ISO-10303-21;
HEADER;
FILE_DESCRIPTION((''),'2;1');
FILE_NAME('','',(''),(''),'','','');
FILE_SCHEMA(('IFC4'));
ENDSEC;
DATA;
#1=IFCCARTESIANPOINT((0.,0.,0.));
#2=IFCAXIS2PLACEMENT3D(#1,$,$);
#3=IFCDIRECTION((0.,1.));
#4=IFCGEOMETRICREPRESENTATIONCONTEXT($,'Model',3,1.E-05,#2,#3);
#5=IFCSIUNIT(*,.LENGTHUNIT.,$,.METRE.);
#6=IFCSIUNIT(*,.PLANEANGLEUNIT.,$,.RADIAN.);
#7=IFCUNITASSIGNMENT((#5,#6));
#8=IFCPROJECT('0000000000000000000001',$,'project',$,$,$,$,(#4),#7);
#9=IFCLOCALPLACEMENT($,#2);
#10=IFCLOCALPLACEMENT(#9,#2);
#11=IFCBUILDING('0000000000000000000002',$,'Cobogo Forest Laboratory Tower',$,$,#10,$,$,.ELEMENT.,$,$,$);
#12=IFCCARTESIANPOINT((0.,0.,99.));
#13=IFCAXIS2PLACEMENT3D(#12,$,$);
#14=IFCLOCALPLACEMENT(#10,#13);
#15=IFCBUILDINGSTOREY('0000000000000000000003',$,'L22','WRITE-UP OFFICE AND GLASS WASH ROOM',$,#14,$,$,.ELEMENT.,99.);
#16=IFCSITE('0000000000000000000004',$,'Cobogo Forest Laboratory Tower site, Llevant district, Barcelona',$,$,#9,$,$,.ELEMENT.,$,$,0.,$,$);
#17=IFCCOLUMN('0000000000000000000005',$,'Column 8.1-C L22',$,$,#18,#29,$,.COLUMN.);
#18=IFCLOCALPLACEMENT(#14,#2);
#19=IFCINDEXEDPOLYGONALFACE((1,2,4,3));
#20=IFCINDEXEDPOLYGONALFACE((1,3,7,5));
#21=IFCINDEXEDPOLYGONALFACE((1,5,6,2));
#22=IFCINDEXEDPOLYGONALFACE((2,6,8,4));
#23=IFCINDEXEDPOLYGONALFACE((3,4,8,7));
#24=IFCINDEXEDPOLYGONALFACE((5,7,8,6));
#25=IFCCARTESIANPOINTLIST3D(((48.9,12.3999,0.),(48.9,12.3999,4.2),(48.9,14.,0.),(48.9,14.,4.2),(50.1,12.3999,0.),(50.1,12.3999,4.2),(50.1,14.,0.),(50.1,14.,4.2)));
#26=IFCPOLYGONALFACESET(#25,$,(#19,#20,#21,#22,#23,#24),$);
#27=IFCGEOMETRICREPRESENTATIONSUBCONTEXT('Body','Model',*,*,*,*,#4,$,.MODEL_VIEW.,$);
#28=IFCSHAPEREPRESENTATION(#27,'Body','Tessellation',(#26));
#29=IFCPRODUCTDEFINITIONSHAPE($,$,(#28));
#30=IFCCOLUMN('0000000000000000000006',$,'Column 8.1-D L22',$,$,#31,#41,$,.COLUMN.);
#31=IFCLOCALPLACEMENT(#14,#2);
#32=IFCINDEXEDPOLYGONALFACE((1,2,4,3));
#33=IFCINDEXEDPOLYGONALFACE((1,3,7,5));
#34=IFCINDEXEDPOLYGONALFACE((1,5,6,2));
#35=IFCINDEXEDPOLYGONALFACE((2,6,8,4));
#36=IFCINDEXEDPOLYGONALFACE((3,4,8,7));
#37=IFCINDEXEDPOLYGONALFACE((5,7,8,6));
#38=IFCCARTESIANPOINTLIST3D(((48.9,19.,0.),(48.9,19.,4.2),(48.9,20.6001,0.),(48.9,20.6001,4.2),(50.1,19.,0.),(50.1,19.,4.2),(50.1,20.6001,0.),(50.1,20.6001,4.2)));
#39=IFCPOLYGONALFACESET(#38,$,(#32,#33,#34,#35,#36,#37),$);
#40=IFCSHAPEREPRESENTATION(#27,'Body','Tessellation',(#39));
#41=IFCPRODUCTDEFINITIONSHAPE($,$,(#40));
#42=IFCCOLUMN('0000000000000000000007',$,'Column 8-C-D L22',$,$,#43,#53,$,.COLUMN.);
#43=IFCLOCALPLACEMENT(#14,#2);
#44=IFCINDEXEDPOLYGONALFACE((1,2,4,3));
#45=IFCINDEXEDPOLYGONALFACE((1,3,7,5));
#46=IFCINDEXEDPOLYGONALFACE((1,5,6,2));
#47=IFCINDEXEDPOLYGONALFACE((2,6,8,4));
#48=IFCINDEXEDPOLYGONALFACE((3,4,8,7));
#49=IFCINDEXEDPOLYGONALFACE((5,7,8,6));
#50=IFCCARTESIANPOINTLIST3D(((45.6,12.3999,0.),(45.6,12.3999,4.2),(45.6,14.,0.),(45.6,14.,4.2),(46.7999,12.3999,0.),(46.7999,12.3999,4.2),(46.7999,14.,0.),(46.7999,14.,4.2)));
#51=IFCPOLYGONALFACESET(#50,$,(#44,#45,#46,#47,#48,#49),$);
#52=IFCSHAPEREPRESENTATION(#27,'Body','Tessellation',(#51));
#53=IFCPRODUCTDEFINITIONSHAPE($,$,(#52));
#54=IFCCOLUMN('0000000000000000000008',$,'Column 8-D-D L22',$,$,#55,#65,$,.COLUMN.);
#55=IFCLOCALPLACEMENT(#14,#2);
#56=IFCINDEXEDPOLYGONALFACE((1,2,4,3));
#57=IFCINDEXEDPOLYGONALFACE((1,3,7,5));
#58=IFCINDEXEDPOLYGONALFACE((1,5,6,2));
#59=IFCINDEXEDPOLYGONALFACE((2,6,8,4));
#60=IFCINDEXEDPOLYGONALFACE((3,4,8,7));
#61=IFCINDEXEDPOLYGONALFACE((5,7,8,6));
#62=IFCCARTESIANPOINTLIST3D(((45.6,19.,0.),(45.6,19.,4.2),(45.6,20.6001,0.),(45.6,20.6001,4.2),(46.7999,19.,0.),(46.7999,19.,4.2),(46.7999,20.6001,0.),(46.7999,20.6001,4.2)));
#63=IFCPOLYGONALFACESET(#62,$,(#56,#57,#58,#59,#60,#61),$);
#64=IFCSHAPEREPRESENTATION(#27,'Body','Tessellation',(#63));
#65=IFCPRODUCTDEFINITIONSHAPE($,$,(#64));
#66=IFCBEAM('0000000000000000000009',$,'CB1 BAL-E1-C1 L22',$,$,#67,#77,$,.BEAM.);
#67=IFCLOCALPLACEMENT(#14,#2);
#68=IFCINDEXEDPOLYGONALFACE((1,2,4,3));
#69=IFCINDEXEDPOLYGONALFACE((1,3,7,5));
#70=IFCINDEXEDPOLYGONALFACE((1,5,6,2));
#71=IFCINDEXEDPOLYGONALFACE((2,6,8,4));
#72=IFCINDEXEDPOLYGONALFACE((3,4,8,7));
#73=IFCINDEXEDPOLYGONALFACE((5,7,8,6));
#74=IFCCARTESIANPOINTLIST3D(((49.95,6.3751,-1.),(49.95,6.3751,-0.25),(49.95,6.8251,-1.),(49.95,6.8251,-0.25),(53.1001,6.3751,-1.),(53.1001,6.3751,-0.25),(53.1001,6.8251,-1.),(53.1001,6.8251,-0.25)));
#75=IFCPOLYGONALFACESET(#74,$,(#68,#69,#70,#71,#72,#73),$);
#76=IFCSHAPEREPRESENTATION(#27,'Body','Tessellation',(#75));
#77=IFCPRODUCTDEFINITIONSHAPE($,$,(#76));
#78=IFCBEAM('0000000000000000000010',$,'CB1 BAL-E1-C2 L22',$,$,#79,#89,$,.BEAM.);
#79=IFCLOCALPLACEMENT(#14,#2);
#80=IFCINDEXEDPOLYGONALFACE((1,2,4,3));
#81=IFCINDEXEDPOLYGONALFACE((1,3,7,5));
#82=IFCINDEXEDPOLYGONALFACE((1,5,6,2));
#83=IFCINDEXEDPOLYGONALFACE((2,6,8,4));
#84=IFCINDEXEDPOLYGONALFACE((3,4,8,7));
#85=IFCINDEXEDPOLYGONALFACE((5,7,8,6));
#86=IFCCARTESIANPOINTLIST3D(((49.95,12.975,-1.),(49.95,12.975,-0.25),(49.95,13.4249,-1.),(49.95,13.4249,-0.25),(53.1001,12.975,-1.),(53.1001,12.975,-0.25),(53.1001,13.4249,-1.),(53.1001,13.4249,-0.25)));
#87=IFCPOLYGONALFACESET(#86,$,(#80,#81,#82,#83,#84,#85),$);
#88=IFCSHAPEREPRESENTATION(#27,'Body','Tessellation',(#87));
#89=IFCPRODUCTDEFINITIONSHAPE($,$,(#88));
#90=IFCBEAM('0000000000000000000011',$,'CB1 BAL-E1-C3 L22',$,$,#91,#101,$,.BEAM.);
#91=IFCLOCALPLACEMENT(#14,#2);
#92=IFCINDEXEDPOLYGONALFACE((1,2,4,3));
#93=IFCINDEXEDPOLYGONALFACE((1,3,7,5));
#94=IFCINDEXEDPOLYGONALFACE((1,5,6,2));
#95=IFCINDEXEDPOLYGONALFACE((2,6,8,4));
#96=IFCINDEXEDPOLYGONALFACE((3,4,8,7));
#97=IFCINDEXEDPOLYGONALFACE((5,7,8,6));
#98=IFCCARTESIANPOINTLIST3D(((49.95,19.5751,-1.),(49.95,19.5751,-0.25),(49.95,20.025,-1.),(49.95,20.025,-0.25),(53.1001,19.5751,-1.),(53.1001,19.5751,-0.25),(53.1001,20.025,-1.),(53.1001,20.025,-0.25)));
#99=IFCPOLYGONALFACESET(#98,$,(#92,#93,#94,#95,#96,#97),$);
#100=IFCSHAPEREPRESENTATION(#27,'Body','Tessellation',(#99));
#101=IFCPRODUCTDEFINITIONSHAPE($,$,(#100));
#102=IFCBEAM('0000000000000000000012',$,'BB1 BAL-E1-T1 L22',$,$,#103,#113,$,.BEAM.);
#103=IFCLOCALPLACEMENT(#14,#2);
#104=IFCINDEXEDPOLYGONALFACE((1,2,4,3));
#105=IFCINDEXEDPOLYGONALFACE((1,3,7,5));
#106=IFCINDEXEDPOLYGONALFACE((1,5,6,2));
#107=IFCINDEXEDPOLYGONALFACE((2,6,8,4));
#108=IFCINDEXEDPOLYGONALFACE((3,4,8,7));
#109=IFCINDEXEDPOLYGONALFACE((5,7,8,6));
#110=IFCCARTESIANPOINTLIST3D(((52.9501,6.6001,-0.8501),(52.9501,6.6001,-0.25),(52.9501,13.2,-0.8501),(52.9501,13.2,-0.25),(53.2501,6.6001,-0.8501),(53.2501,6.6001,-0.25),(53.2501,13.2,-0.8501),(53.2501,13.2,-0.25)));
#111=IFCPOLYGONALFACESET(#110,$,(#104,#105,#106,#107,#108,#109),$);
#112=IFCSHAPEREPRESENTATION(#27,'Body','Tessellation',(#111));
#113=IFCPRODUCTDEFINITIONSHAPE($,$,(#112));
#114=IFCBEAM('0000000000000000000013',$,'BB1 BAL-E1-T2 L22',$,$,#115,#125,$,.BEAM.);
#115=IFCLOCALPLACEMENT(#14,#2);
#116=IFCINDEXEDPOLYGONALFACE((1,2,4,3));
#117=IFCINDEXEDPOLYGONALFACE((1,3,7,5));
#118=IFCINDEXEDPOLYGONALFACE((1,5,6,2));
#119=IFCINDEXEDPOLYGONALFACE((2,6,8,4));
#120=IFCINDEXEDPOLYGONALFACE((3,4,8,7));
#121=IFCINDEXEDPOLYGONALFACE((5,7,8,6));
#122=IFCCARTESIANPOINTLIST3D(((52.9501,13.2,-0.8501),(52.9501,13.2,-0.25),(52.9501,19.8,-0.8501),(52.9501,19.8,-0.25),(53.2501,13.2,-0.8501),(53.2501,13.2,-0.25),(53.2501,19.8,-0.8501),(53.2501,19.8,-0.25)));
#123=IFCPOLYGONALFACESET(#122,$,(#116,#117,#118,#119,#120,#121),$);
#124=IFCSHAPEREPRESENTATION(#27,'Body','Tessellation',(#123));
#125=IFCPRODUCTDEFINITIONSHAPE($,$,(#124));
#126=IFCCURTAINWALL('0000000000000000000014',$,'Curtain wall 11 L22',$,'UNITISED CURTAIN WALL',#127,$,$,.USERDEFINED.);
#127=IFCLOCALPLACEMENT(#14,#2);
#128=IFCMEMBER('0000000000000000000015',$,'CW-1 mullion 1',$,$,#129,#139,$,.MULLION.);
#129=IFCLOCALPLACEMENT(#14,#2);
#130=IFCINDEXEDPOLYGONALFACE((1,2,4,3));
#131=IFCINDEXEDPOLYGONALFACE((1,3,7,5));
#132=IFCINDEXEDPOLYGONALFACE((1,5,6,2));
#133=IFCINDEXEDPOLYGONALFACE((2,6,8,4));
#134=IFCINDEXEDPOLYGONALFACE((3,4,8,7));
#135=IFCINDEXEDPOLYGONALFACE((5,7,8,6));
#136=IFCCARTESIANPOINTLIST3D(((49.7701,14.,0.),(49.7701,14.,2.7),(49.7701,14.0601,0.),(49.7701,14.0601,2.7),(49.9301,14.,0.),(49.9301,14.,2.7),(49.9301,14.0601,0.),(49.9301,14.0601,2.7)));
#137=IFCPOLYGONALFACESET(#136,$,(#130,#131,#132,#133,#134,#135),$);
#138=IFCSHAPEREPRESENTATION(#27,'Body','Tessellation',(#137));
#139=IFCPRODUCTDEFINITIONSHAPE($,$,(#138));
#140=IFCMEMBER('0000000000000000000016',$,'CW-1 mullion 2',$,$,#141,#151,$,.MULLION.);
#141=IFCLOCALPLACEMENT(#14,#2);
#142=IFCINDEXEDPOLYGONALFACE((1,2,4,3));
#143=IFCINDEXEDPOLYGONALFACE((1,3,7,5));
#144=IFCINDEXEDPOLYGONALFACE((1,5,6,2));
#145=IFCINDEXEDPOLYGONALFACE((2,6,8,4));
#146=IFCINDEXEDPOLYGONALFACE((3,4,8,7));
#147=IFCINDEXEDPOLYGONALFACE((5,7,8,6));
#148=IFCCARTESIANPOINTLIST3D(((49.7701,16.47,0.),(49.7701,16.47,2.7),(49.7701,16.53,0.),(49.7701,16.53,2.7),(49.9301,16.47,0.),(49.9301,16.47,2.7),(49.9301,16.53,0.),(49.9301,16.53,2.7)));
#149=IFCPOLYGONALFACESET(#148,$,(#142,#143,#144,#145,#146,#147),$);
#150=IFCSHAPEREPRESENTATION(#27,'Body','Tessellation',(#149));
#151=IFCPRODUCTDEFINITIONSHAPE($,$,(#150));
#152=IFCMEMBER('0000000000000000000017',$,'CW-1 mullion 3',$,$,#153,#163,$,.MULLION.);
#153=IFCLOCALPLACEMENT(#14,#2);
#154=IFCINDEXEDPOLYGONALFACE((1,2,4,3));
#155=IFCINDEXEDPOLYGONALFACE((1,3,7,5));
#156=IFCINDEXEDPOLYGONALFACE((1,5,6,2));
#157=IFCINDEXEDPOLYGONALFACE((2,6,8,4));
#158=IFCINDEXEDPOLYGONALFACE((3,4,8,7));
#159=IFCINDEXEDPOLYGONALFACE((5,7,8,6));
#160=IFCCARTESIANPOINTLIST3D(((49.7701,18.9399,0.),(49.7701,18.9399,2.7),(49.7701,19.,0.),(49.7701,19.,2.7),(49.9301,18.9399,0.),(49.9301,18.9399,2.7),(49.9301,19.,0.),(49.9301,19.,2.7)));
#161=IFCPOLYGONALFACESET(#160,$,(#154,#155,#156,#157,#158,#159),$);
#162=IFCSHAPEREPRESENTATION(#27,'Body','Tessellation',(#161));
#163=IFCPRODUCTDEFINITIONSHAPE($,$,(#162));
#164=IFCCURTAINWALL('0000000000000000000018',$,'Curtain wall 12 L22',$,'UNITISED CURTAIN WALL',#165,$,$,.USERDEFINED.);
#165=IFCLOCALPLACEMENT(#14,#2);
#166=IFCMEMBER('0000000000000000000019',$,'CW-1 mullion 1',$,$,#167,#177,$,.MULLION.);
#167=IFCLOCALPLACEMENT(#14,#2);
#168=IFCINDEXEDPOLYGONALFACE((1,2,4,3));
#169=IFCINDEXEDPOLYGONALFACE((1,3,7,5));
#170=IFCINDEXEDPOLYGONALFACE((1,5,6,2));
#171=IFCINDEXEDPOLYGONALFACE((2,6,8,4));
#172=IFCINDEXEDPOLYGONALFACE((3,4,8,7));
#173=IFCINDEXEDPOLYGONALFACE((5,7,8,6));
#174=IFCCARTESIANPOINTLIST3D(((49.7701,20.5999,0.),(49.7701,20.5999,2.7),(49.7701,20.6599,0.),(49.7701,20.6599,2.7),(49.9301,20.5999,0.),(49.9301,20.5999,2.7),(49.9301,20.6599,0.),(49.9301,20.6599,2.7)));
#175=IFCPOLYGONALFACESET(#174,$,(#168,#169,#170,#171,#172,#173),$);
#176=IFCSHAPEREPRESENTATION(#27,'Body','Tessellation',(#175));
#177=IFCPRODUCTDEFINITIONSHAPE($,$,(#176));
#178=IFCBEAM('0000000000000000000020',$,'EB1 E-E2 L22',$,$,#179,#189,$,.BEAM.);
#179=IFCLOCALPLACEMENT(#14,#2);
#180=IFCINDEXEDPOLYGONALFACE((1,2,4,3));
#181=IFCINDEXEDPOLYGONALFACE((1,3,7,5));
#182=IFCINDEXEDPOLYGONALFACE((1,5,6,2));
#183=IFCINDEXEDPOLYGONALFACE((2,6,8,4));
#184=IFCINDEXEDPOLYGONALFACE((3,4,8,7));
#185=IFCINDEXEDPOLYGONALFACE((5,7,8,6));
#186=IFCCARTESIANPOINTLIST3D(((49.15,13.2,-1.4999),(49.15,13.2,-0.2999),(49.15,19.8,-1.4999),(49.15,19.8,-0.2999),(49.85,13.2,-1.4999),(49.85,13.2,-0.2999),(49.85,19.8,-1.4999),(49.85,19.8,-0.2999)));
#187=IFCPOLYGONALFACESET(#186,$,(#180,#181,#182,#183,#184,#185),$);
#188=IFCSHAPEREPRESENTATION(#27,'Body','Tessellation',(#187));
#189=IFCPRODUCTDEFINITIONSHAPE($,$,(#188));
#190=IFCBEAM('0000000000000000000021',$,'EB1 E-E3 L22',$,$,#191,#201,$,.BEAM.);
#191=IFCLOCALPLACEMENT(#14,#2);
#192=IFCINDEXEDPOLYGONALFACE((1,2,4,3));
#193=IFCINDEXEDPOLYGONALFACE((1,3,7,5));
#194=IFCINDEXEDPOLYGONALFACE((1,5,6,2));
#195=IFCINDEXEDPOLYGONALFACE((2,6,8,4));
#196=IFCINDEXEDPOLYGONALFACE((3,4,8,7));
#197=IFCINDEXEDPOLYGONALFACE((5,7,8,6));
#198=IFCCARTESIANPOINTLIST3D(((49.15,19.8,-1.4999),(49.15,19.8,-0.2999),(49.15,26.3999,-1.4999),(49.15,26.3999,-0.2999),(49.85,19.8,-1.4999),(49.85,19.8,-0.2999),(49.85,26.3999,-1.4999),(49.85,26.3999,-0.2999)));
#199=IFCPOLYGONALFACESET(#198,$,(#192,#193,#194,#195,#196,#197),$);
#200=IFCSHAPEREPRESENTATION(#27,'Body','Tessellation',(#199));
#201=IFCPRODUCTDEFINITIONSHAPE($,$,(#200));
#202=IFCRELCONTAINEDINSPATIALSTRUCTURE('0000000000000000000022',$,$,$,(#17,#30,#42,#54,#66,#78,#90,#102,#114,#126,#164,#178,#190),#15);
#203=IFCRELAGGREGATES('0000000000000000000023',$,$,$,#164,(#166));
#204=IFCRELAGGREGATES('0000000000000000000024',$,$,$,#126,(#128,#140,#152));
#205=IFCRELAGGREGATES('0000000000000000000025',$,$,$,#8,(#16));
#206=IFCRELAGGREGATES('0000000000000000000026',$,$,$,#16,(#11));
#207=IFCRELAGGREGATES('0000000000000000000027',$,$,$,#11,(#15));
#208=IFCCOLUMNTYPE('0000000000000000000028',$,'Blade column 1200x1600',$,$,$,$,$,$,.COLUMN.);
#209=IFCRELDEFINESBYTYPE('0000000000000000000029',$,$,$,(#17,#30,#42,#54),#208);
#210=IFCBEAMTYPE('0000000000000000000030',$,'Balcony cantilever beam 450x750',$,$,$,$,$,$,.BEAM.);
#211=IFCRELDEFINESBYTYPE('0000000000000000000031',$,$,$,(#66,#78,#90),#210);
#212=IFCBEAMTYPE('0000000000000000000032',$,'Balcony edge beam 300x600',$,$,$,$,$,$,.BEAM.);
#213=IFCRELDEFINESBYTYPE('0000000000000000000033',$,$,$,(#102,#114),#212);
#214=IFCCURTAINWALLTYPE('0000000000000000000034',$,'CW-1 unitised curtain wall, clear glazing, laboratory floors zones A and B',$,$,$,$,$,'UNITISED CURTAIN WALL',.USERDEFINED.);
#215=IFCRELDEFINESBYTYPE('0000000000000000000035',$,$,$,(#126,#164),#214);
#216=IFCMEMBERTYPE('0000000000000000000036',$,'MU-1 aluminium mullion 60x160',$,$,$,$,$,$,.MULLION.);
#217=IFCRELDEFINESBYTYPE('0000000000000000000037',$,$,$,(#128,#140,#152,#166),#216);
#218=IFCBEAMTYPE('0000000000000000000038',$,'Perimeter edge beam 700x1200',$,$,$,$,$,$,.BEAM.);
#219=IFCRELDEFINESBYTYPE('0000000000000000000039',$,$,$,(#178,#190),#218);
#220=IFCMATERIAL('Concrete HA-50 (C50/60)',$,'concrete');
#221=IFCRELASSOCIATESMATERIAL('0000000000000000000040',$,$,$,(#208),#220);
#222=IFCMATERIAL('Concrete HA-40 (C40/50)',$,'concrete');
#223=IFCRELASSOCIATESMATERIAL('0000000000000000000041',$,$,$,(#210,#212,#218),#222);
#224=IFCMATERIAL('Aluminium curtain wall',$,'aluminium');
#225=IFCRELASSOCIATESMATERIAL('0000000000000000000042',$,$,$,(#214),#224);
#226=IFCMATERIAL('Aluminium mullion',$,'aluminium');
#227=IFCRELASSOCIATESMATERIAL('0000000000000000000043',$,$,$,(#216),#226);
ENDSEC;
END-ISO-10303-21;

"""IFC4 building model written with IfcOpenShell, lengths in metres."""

from ifc_helpers import new_model, si_unit, direction, frame, origin, origin_2d, place, context, subcontext, project, spatial, rectangle, extrude, material, material_profile, profile_set, type_object, element, aggregate, save


model = new_model("IFC4")

# Units and contexts
model_context = context("Model", 3, precision=1e-05, world=origin(), true_north=direction((0.0, 1.0)))
body_context = subcontext(model_context, "Body", "Model", "MODEL_VIEW")
ifc_project = project(units=[si_unit("LENGTHUNIT", "METRE"), si_unit("PLANEANGLEUNIT", "RADIAN")], contexts=[model_context])

# Site, building, storey
site_placement = place(None, origin())
site = spatial("IfcSite", under=ifc_project, at=site_placement, Name="Cobogo Forest Laboratory Tower site, Llevant district, Barcelona", CompositionType="ELEMENT", RefElevation=0.0)
building_placement = place(site_placement, origin())
building = spatial("IfcBuilding", under=site, at=building_placement, Name="Cobogo Forest Laboratory Tower", CompositionType="ELEMENT")
storey_placement = place(building_placement, frame((0.0, 0.0, 99.0)))
storey = spatial("IfcBuildingStorey", under=building, at=storey_placement, Name="L22", Description="WRITE-UP OFFICE AND GLASS WASH ROOM", CompositionType="ELEMENT", Elevation=99.0)

# Columns
ifc_material_1 = material(Name="Concrete HA-50 (C50/60)", Category="concrete")
ifc_material_profile_1 = material_profile(ifc_material_1, rectangle(XDim=1.6001, YDim=1.2, at=origin_2d()), Name="RC 1200x1600")
ifc_profile_set_1 = profile_set([ifc_material_profile_1], Name="Concrete HA-50 (C50/60)")
column_type = type_object("IfcColumnType", Name="Blade column 1200x1600", PredefinedType="COLUMN", material=ifc_profile_set_1)
for number, where, z_axis, x_axis, name in (
    (1, (49.5, 13.2, 0.0), (0.0, 0.0, 1.0), (0.0, 1.0, 0.0), "Column 8.1-C L22"),
    (2, (49.5, 19.8, 0.0), (0.0, 0.0, 1.0), (0.0, 1.0, 0.0), "Column 8.1-D L22"),
    (3, (46.2, 13.2, 0.0), (0.0, 0.0, 1.0), (0.0, 1.0, 0.0), "Column 8-C-D L22"),
    (4, (46.2, 19.8, 0.0), (0.0, 0.0, 1.0), (0.0, 1.0, 0.0), "Column 8-D-D L22"),
):
    element("IfcColumn", number, at=place(storey_placement, frame(where, z_axis=z_axis, x_axis=x_axis)), inside=storey, type_object=column_type, Name=name, PredefinedType="COLUMN", context=body_context, shape_type="SweptSolid", body=[
        extrude(rectangle(XDim=1.6001, YDim=1.2, at=origin_2d()), origin(), (0.0, 0.0, 1.0), 4.2),
    ])

# Beams
ifc_material_2 = material(Name="Concrete HA-40 (C40/50)", Category="concrete")
ifc_material_profile_2 = material_profile(ifc_material_2, rectangle(XDim=0.45, YDim=0.75, at=origin_2d()), Name="RC 450x750")
ifc_profile_set_2 = profile_set([ifc_material_profile_2], Name="Concrete HA-40 (C40/50)")
beam_type_1 = type_object("IfcBeamType", Name="Balcony cantilever beam 450x750", PredefinedType="BEAM", material=ifc_profile_set_2)
for number, where, z_axis, x_axis, name in (
    (5, (49.95, 6.6001, -0.625), (1.0, 0.0, 0.0), (0.0, 1.0, 0.0), "CB1 BAL-E1-C1 L22"),
    (6, (49.95, 13.2, -0.625), (1.0, 0.0, 0.0), (0.0, 1.0, 0.0), "CB1 BAL-E1-C2 L22"),
    (7, (49.95, 19.8, -0.625), (1.0, 0.0, 0.0), (0.0, 1.0, 0.0), "CB1 BAL-E1-C3 L22"),
):
    element("IfcBeam", number, at=place(storey_placement, frame(where, z_axis=z_axis, x_axis=x_axis)), inside=storey, type_object=beam_type_1, Name=name, PredefinedType="BEAM", context=body_context, shape_type="SweptSolid", body=[
        extrude(rectangle(XDim=0.45, YDim=0.75, at=origin_2d()), origin(), (0.0, 0.0, 1.0), 3.1501),
    ])
ifc_material_profile_3 = material_profile(ifc_material_2, rectangle(XDim=0.3, YDim=0.6001, at=origin_2d()), Name="RC 300x600")
ifc_profile_set_3 = profile_set([ifc_material_profile_3], Name="Concrete HA-40 (C40/50)")
beam_type_2 = type_object("IfcBeamType", Name="Balcony edge beam 300x600", PredefinedType="BEAM", material=ifc_profile_set_3)
beam_1_placement = place(storey_placement, frame((53.1001, 6.6001, -0.55), z_axis=(0.0, 1.0, 0.0), x_axis=(-1.0, 0.0, 0.0)))
element("IfcBeam", 8, at=beam_1_placement, inside=storey, type_object=beam_type_2, Name="BB1 BAL-E1-T1 L22", PredefinedType="BEAM", context=body_context, shape_type="SweptSolid", body=[
    extrude(rectangle(XDim=0.3, YDim=0.6001, at=origin_2d()), origin(), (0.0, 0.0, 1.0), 6.5999),
])
beam_2_placement = place(storey_placement, frame((53.1001, 13.2, -0.55), z_axis=(0.0, 1.0, 0.0), x_axis=(-1.0, 0.0, 0.0)))
element("IfcBeam", 9, at=beam_2_placement, inside=storey, type_object=beam_type_2, Name="BB1 BAL-E1-T2 L22", PredefinedType="BEAM", context=body_context, shape_type="SweptSolid", body=[
    extrude(rectangle(XDim=0.3, YDim=0.6001, at=origin_2d()), origin(), (0.0, 0.0, 1.0), 6.6001),
])

# Curtain wall, members
ifc_material_3 = material(Name="Aluminium curtain wall", Category="aluminium")
curtain_wall_type = type_object("IfcCurtainWallType", Name="CW-1 unitised curtain wall, clear glazing, laboratory floors zones A and B", ElementType="UNITISED CURTAIN WALL", PredefinedType="USERDEFINED", material=ifc_material_3)
curtain_wall_1_placement = place(storey_placement, origin())
curtain_wall_1 = element("IfcCurtainWall", 10, at=curtain_wall_1_placement, inside=storey, type_object=curtain_wall_type, Name="Curtain wall 11 L22", ObjectType="UNITISED CURTAIN WALL", PredefinedType="USERDEFINED")
ifc_material_4 = material(Name="Aluminium mullion", Category="aluminium")
ifc_material_profile_4 = material_profile(ifc_material_4, rectangle(XDim=0.0601, YDim=0.1599, at=origin_2d()), Name="AL 60x160")
ifc_profile_set_4 = profile_set([ifc_material_profile_4], Name="Aluminium mullion")
member_type_1 = type_object("IfcMemberType", Name="MU-1 aluminium mullion 60x160", PredefinedType="MULLION", material=ifc_profile_set_4)
member_1_placement = place(storey_placement, frame((49.8501, 14.03, 0.0), z_axis=(0.0, 0.0, 1.0), x_axis=(0.0, 1.0, 0.0)))
member_1 = element("IfcMember", 11, at=member_1_placement, type_object=member_type_1, Name="CW-1 mullion 1", PredefinedType="MULLION", context=body_context, shape_type="SweptSolid", body=[
    extrude(rectangle(XDim=0.0601, YDim=0.1599, at=origin_2d()), origin(), (0.0, 0.0, 1.0), 2.7),
])
member_2_placement = place(storey_placement, frame((49.8501, 16.5, 0.0), z_axis=(0.0, 0.0, 1.0), x_axis=(0.0, 1.0, 0.0)))
member_2 = element("IfcMember", 12, at=member_2_placement, type_object=member_type_1, Name="CW-1 mullion 2", PredefinedType="MULLION", context=body_context, shape_type="SweptSolid", body=[
    extrude(rectangle(XDim=0.0601, YDim=0.1599, at=origin_2d()), origin(), (0.0, 0.0, 1.0), 2.7),
])
member_3_placement = place(storey_placement, frame((49.8501, 18.97, 0.0), z_axis=(0.0, 0.0, 1.0), x_axis=(0.0, 1.0, 0.0)))
member_3 = element("IfcMember", 13, at=member_3_placement, type_object=member_type_1, Name="CW-1 mullion 3", PredefinedType="MULLION", context=body_context, shape_type="SweptSolid", body=[
    extrude(rectangle(XDim=0.0601, YDim=0.1599, at=origin_2d()), origin(), (0.0, 0.0, 1.0), 2.7),
])

# Curtain wall, member
curtain_wall_2_placement = place(storey_placement, origin())
curtain_wall_2 = element("IfcCurtainWall", 14, at=curtain_wall_2_placement, inside=storey, type_object=curtain_wall_type, Name="Curtain wall 12 L22", ObjectType="UNITISED CURTAIN WALL", PredefinedType="USERDEFINED")
member_4_placement = place(storey_placement, frame((49.8501, 20.6299, 0.0), z_axis=(0.0, 0.0, 1.0), x_axis=(0.0, 1.0, 0.0)))
member_4 = element("IfcMember", 15, at=member_4_placement, type_object=member_type_1, Name="CW-1 mullion 1", PredefinedType="MULLION", context=body_context, shape_type="SweptSolid", body=[
    extrude(rectangle(XDim=0.0601, YDim=0.1599, at=origin_2d()), origin(), (0.0, 0.0, 1.0), 2.7),
])
aggregate(curtain_wall_2, [member_4])

# Beams
ifc_material_profile_5 = material_profile(ifc_material_2, rectangle(XDim=0.7, YDim=1.2, at=origin_2d()), Name="RC 700x1200")
ifc_profile_set_5 = profile_set([ifc_material_profile_5], Name="Concrete HA-40 (C40/50)")
beam_type_3 = type_object("IfcBeamType", Name="Perimeter edge beam 700x1200", PredefinedType="BEAM", material=ifc_profile_set_5)
beam_3_placement = place(storey_placement, frame((49.5, 13.2, -0.8999), z_axis=(0.0, 1.0, 0.0), x_axis=(-1.0, 0.0, 0.0)))
element("IfcBeam", 16, at=beam_3_placement, inside=storey, type_object=beam_type_3, Name="EB1 E-E2 L22", PredefinedType="BEAM", context=body_context, shape_type="SweptSolid", body=[
    extrude(rectangle(XDim=0.7, YDim=1.2, at=origin_2d()), origin(), (0.0, 0.0, 1.0), 6.6001),
])
beam_4_placement = place(storey_placement, frame((49.5, 19.8, -0.8999), z_axis=(0.0, 1.0, 0.0), x_axis=(-1.0, 0.0, 0.0)))
element("IfcBeam", 17, at=beam_4_placement, inside=storey, type_object=beam_type_3, Name="EB1 E-E3 L22", PredefinedType="BEAM", context=body_context, shape_type="SweptSolid", body=[
    extrude(rectangle(XDim=0.7, YDim=1.2, at=origin_2d()), origin(), (0.0, 0.0, 1.0), 6.5999),
])

aggregate(curtain_wall_1, [member_1, member_2, member_3])

save(model, "model.ifc")
